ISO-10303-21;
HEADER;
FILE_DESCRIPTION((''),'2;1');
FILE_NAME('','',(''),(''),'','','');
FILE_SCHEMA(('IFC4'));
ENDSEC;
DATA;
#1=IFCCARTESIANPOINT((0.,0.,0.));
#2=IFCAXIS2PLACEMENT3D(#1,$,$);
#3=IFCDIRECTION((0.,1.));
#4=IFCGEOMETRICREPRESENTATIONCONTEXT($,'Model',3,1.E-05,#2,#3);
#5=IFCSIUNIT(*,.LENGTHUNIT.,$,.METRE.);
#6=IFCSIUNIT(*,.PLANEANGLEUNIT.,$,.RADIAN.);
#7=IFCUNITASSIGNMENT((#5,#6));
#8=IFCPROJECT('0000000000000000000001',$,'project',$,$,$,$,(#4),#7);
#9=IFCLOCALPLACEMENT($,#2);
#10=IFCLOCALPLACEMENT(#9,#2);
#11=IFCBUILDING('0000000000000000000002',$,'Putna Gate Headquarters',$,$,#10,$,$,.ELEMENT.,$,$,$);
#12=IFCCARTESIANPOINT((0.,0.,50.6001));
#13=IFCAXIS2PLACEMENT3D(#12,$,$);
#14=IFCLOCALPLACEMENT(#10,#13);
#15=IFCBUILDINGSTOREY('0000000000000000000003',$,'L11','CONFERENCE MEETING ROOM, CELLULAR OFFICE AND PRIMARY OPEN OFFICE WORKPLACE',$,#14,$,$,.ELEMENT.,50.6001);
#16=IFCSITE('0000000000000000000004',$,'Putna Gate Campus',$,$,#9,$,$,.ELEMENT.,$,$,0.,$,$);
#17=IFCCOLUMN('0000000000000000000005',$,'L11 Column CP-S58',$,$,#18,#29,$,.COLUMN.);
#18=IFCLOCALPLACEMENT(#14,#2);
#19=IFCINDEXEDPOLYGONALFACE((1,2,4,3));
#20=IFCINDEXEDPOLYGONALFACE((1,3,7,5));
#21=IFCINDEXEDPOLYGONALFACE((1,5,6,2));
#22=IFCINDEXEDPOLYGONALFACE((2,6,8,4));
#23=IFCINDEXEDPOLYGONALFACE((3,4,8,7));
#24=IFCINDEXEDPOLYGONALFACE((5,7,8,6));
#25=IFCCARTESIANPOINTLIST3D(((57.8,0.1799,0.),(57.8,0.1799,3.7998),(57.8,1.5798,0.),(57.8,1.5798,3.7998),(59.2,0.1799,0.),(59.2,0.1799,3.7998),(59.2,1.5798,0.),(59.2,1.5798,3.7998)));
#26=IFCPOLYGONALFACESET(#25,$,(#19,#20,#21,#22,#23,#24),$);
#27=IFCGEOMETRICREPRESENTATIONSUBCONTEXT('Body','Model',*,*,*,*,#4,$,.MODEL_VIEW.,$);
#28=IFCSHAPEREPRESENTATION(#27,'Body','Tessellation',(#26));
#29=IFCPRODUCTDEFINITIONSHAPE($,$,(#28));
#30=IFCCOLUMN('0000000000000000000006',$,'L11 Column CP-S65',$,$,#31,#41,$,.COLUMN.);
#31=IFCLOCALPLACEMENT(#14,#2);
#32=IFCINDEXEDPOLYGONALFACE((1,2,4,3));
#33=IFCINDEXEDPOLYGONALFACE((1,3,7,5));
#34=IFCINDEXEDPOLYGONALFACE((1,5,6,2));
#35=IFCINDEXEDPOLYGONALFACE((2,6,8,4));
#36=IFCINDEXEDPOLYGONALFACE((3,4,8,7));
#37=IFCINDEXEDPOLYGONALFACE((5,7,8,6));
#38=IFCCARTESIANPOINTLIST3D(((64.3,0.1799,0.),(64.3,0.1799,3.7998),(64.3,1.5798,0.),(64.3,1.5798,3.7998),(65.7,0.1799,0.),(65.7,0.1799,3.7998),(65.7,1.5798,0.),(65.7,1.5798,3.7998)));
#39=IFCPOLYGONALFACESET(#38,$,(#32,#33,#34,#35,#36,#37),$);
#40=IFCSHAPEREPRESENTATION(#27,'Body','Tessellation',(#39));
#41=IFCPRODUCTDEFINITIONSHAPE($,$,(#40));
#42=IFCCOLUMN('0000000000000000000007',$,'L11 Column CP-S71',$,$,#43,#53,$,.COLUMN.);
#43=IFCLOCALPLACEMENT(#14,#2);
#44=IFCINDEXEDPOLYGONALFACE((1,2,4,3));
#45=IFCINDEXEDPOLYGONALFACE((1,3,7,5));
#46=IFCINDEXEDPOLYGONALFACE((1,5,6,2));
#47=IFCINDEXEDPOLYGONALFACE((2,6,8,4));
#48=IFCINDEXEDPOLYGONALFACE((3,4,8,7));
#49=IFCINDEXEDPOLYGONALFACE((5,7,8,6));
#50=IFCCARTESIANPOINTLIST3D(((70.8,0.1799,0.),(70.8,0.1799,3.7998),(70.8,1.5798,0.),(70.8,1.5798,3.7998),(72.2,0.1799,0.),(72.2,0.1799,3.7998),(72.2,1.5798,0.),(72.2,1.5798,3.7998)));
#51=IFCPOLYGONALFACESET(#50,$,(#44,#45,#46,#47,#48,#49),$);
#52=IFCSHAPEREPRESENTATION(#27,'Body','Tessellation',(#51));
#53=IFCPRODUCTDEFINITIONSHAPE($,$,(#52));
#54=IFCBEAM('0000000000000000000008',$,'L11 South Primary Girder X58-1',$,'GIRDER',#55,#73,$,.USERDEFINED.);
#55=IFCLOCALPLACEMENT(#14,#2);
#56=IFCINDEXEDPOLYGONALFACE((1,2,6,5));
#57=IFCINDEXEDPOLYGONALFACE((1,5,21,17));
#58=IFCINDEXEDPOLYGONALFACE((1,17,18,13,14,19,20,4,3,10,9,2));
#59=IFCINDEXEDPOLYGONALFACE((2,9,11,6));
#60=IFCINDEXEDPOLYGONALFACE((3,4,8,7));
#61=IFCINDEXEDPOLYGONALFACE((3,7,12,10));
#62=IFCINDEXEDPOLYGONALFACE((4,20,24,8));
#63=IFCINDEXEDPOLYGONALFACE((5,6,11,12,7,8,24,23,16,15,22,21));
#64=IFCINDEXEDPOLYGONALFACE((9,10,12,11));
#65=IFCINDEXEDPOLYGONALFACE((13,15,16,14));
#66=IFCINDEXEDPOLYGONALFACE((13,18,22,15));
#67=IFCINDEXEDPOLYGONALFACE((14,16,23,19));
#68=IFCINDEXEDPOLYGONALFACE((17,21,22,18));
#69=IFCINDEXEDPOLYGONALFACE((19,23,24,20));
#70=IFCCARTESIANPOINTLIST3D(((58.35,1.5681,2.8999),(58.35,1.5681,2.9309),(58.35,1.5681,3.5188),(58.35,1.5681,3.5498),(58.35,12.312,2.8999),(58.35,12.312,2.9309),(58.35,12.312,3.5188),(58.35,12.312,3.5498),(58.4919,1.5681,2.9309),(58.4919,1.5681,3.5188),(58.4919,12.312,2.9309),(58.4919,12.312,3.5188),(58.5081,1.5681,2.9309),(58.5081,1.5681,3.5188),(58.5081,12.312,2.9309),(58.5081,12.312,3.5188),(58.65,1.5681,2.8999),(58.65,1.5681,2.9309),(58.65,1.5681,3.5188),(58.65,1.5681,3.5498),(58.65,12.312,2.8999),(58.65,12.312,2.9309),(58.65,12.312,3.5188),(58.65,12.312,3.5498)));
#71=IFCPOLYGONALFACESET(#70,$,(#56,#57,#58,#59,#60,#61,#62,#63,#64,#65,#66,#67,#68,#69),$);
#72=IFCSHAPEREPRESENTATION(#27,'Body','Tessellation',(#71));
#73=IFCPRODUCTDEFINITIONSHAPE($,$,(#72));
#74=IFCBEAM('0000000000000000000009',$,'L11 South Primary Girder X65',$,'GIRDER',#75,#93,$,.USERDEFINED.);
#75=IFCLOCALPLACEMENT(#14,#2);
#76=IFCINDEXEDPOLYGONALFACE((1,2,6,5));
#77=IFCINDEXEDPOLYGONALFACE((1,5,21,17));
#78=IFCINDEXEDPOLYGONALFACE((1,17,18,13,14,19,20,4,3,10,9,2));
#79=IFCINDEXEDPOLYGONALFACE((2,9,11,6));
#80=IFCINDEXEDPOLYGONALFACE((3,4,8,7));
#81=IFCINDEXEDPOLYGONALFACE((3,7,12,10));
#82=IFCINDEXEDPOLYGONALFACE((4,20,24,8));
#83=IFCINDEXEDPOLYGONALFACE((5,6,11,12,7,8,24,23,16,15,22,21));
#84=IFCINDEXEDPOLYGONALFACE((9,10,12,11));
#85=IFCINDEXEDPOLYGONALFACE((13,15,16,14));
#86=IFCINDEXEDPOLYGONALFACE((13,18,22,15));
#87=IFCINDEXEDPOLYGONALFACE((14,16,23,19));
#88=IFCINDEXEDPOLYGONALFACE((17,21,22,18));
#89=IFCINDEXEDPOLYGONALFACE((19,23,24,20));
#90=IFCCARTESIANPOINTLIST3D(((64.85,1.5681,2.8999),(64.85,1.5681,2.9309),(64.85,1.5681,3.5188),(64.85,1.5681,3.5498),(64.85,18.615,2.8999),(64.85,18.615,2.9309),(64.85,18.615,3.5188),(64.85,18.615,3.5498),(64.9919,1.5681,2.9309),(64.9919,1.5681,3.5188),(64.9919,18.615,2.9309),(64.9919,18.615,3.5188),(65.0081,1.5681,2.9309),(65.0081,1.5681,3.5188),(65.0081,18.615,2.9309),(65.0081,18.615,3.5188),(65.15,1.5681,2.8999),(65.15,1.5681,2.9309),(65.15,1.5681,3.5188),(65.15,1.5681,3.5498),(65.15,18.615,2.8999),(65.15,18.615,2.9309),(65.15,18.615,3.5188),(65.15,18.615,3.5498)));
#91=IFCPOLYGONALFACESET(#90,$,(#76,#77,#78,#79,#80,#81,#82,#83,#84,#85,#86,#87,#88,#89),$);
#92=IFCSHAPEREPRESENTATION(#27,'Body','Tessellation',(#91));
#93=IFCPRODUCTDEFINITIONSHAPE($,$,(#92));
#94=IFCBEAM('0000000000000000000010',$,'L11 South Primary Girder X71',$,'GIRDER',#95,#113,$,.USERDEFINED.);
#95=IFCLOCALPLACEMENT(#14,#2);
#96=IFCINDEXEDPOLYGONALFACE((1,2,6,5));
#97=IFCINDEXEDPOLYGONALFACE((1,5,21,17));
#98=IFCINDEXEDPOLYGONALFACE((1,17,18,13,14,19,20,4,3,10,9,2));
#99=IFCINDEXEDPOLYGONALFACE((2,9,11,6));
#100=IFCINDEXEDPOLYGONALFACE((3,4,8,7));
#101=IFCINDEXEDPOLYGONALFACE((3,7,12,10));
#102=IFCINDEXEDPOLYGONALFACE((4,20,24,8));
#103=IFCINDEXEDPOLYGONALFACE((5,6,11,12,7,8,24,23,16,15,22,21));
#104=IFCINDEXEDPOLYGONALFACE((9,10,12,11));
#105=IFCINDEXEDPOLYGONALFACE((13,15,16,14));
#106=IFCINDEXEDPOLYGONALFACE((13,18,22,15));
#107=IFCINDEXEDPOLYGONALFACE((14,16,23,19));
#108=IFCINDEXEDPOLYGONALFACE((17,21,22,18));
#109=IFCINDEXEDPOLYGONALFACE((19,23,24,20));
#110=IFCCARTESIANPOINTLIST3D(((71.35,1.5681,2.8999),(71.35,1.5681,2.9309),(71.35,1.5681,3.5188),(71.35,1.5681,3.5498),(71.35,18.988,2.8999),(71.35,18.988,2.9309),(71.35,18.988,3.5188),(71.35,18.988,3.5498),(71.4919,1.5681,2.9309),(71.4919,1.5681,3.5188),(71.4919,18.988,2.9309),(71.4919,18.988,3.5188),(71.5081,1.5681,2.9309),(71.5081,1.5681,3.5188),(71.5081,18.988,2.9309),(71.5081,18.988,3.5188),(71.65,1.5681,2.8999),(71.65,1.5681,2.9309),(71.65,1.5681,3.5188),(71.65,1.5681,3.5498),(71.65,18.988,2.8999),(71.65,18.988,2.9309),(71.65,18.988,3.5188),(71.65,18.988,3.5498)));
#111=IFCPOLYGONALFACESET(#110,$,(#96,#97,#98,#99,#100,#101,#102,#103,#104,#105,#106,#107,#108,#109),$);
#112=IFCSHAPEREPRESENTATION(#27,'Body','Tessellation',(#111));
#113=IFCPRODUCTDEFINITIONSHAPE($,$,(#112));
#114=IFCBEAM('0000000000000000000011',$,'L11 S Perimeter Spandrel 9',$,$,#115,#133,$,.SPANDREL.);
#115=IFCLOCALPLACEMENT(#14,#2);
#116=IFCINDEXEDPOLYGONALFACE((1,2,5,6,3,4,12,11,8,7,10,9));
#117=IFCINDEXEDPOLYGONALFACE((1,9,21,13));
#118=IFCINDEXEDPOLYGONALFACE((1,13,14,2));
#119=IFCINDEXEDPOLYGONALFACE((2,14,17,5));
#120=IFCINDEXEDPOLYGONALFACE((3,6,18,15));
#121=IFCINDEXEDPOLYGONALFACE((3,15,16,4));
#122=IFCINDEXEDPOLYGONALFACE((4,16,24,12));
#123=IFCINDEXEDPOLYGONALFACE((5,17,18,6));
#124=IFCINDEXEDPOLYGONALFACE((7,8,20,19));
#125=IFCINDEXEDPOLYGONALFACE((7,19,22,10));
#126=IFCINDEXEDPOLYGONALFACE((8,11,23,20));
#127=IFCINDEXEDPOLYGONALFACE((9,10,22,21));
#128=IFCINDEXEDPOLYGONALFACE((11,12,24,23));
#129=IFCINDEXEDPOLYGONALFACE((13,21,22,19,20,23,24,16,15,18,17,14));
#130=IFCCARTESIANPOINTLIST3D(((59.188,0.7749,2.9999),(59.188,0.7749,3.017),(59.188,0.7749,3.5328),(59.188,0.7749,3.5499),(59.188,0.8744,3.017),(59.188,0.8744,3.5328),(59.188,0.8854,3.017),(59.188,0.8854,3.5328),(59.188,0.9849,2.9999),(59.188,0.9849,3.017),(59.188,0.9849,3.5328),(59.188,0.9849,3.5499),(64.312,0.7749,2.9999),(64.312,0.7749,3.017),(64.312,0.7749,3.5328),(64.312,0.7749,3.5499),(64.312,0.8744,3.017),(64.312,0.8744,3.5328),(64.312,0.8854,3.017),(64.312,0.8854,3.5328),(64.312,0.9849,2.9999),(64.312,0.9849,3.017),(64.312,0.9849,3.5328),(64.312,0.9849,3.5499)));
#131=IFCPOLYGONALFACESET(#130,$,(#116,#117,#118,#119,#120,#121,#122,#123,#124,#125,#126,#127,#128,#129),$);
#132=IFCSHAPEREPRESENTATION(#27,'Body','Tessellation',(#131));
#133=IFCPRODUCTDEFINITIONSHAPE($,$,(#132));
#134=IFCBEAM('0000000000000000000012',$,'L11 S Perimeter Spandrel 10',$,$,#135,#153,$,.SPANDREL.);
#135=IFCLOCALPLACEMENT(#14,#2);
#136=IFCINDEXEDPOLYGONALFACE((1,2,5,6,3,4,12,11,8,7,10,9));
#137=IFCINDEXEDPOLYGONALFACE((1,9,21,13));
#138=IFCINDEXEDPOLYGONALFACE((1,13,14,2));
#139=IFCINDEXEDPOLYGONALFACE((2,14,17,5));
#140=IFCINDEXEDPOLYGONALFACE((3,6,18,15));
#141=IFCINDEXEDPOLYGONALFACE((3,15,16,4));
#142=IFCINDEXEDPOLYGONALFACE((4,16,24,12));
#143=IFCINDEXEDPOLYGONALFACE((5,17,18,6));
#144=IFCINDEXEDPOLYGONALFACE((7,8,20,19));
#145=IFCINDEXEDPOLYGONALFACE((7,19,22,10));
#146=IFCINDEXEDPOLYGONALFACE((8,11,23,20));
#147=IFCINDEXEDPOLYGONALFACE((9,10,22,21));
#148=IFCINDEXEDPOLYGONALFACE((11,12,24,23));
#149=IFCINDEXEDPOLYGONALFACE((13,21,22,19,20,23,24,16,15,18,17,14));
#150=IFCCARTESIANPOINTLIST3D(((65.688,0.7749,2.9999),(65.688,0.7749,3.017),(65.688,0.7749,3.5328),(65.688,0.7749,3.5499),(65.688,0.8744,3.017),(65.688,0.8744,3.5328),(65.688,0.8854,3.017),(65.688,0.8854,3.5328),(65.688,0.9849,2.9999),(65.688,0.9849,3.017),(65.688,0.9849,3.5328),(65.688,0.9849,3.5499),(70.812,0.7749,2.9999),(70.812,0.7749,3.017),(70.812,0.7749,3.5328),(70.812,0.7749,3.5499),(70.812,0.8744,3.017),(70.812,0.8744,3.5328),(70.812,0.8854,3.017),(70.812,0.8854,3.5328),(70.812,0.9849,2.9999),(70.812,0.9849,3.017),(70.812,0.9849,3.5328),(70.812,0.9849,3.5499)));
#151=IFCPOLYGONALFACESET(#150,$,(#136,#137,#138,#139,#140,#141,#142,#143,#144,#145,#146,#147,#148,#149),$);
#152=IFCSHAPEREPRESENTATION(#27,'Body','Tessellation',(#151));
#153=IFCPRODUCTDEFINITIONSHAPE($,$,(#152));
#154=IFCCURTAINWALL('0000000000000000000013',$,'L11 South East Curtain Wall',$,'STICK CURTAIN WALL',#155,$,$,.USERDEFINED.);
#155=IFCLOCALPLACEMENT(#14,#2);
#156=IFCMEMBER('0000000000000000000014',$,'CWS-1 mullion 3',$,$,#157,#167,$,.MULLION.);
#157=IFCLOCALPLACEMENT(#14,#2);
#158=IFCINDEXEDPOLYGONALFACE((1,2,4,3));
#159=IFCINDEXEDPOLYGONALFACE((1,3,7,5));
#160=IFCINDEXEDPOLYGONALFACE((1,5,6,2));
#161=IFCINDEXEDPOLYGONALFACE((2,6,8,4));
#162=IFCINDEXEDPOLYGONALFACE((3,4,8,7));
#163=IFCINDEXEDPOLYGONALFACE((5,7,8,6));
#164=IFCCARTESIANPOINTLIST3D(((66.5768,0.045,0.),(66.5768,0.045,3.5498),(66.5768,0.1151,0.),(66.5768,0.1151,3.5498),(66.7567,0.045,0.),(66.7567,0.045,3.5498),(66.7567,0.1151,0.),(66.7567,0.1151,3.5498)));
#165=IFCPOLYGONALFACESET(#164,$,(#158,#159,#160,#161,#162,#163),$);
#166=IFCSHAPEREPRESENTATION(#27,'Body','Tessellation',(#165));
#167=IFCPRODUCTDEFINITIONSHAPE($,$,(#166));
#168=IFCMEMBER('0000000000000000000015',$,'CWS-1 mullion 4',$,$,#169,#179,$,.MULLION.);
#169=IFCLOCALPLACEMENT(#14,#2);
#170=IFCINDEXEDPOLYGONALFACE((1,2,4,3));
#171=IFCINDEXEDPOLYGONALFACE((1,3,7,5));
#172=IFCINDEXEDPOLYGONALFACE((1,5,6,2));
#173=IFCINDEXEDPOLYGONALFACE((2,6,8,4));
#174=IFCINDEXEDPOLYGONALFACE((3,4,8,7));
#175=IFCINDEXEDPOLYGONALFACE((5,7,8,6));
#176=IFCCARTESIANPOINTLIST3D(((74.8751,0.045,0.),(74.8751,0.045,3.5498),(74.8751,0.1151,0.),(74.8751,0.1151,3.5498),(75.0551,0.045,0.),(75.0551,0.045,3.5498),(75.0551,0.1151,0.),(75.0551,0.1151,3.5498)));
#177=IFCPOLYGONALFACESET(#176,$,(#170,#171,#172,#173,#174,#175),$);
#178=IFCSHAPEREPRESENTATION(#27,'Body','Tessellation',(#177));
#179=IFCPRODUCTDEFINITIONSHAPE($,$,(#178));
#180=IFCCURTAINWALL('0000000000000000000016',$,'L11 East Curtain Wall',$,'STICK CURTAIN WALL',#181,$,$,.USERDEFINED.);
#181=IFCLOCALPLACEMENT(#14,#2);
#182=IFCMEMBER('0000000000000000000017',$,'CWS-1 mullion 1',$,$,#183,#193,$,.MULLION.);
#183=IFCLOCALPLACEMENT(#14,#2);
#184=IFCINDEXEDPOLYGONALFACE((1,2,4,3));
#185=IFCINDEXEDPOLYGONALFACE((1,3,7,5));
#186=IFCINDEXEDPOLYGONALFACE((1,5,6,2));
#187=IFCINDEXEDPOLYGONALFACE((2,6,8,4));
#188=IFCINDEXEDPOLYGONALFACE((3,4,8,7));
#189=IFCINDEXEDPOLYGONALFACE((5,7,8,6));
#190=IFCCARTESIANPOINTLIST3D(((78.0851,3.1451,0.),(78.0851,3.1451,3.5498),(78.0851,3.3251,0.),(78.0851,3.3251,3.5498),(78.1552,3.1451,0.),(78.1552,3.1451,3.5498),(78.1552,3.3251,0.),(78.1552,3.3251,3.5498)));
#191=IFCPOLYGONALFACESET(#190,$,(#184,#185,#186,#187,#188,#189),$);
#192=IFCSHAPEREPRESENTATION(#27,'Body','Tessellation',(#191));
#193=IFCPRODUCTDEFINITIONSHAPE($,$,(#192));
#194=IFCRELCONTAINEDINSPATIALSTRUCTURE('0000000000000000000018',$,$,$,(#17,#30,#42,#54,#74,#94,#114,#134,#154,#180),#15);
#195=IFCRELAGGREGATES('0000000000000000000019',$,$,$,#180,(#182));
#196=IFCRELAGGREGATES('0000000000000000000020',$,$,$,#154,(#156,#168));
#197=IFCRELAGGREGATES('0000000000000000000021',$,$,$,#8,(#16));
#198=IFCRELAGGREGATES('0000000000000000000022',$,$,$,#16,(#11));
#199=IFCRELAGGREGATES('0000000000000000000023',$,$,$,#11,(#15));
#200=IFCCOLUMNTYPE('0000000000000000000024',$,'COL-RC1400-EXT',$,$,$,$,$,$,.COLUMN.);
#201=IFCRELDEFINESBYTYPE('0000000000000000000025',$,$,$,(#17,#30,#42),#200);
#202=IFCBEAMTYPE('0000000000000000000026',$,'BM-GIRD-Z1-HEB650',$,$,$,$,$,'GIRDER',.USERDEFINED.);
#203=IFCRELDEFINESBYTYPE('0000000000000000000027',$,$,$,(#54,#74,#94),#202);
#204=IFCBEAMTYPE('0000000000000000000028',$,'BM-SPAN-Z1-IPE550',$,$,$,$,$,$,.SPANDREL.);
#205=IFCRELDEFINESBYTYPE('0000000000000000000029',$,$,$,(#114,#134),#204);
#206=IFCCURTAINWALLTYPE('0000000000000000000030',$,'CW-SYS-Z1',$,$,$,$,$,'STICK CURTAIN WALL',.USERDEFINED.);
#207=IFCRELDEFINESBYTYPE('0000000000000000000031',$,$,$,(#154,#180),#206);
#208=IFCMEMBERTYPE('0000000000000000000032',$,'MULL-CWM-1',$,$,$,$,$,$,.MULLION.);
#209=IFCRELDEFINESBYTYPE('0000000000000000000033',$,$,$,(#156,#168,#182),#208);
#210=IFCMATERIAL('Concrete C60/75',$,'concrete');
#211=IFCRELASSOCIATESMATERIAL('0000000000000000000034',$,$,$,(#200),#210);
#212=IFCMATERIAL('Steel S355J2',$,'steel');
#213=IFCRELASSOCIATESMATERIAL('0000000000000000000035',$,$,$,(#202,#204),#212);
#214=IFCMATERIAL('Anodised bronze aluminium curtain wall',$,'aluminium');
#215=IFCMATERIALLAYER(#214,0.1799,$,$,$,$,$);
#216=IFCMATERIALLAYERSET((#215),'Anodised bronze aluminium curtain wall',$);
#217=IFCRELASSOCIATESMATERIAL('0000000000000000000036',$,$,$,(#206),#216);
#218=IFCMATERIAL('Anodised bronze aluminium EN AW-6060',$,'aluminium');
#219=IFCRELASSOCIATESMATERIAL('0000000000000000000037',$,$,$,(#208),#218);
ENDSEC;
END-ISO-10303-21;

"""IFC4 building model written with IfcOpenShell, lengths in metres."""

from ifc_helpers import new_model, si_unit, direction, frame, origin, origin_2d, place, context, subcontext, project, spatial, rectangle, i_section, extrude, material, layer, layer_set, material_profile, profile_set, type_object, element, aggregate, save


model = new_model("IFC4")

# Units and contexts
model_context = context("Model", 3, precision=1e-05, world=origin(), true_north=direction((0.0, 1.0)))
body_context = subcontext(model_context, "Body", "Model", "MODEL_VIEW")
ifc_project = project(units=[si_unit("LENGTHUNIT", "METRE"), si_unit("PLANEANGLEUNIT", "RADIAN")], contexts=[model_context])

# Site, building, storey
site_placement = place(None, origin())
site = spatial("IfcSite", under=ifc_project, at=site_placement, Name="Putna Gate Campus", CompositionType="ELEMENT", RefElevation=0.0)
building_placement = place(site_placement, origin())
building = spatial("IfcBuilding", under=site, at=building_placement, Name="Putna Gate Headquarters", CompositionType="ELEMENT")
storey_placement = place(building_placement, frame((0.0, 0.0, 50.6001)))
storey = spatial("IfcBuildingStorey", under=building, at=storey_placement, Name="L11", Description="CONFERENCE MEETING ROOM, CELLULAR OFFICE AND PRIMARY OPEN OFFICE WORKPLACE", CompositionType="ELEMENT", Elevation=50.6001)

# Columns
ifc_material_1 = material(Name="Concrete C60/75", Category="concrete")
ifc_material_profile_1 = material_profile(ifc_material_1, rectangle(XDim=1.3999, YDim=1.3999, at=origin_2d()), Name="Concrete C60/75")
ifc_profile_set_1 = profile_set([ifc_material_profile_1], Name="Concrete C60/75")
column_type = type_object("IfcColumnType", Name="COL-RC1400-EXT", PredefinedType="COLUMN", material=ifc_profile_set_1)
for number, where, z_axis, x_axis, name in (
    (1, (58.5, 0.8799, 0.0), (0.0, 0.0, 1.0), (1.0, 0.0, 0.0), "L11 Column CP-S58"),
    (2, (65.0, 0.8799, 0.0), (0.0, 0.0, 1.0), (1.0, 0.0, 0.0), "L11 Column CP-S65"),
    (3, (71.5, 0.8799, 0.0), (0.0, 0.0, 1.0), (1.0, 0.0, 0.0), "L11 Column CP-S71"),
):
    element("IfcColumn", number, at=place(storey_placement, frame(where, z_axis=z_axis, x_axis=x_axis)), inside=storey, type_object=column_type, Name=name, PredefinedType="COLUMN", context=body_context, shape_type="SweptSolid", body=[
        extrude(rectangle(XDim=1.3999, YDim=1.3999, at=origin_2d()), origin(), (0.0, 0.0, 1.0), 3.7998),
    ])

# Beams
ifc_material_2 = material(Name="Steel S355J2", Category="steel")
ifc_material_profile_2 = material_profile(ifc_material_2, i_section(OverallWidth=0.3, OverallDepth=0.6499, WebThickness=0.0161, FlangeThickness=0.031, at=origin_2d()), Name="Steel S355J2")
ifc_profile_set_2 = profile_set([ifc_material_profile_2], Name="Steel S355J2")
beam_type_1 = type_object("IfcBeamType", Name="BM-GIRD-Z1-HEB650", ElementType="GIRDER", PredefinedType="USERDEFINED", material=ifc_profile_set_2)
beam_1_placement = place(storey_placement, frame((58.5, 1.5681, 3.2249), z_axis=(0.0, 1.0, 0.0), x_axis=(-1.0, 0.0, 0.0)))
element("IfcBeam", 4, at=beam_1_placement, inside=storey, type_object=beam_type_1, Name="L11 South Primary Girder X58-1", ObjectType="GIRDER", PredefinedType="USERDEFINED", context=body_context, shape_type="SweptSolid", body=[
    extrude(i_section(OverallWidth=0.3, OverallDepth=0.6499, WebThickness=0.0161, FlangeThickness=0.031, at=origin_2d()), origin(), (0.0, 0.0, 1.0), 10.7439),
])
beam_2_placement = place(storey_placement, frame((65.0, 1.5681, 3.2249), z_axis=(0.0, 1.0, 0.0), x_axis=(-1.0, 0.0, 0.0)))
element("IfcBeam", 5, at=beam_2_placement, inside=storey, type_object=beam_type_1, Name="L11 South Primary Girder X65", ObjectType="GIRDER", PredefinedType="USERDEFINED", context=body_context, shape_type="SweptSolid", body=[
    extrude(i_section(OverallWidth=0.3, OverallDepth=0.6499, WebThickness=0.0161, FlangeThickness=0.031, at=origin_2d()), origin(), (0.0, 0.0, 1.0), 17.0469),
])
beam_3_placement = place(storey_placement, frame((71.5, 1.5681, 3.2249), z_axis=(0.0, 1.0, 0.0), x_axis=(-1.0, 0.0, 0.0)))
element("IfcBeam", 6, at=beam_3_placement, inside=storey, type_object=beam_type_1, Name="L11 South Primary Girder X71", ObjectType="GIRDER", PredefinedType="USERDEFINED", context=body_context, shape_type="SweptSolid", body=[
    extrude(i_section(OverallWidth=0.3, OverallDepth=0.6499, WebThickness=0.0161, FlangeThickness=0.031, at=origin_2d()), origin(), (0.0, 0.0, 1.0), 17.4199),
])
ifc_material_profile_3 = material_profile(ifc_material_2, i_section(OverallWidth=0.21, OverallDepth=0.55, WebThickness=0.011, FlangeThickness=0.0171, at=origin_2d()), Name="Steel S355J2")
ifc_profile_set_3 = profile_set([ifc_material_profile_3], Name="Steel S355J2")
beam_type_2 = type_object("IfcBeamType", Name="BM-SPAN-Z1-IPE550", PredefinedType="SPANDREL", material=ifc_profile_set_3)
for number, where, z_axis, x_axis, name in (
    (7, (59.188, 0.8799, 3.2749), (1.0, 0.0, 0.0), (0.0, 1.0, 0.0), "L11 S Perimeter Spandrel 9"),
    (8, (65.688, 0.8799, 3.2749), (1.0, 0.0, 0.0), (0.0, 1.0, 0.0), "L11 S Perimeter Spandrel 10"),
):
    element("IfcBeam", number, at=place(storey_placement, frame(where, z_axis=z_axis, x_axis=x_axis)), inside=storey, type_object=beam_type_2, Name=name, PredefinedType="SPANDREL", context=body_context, shape_type="SweptSolid", body=[
        extrude(i_section(OverallWidth=0.21, OverallDepth=0.55, WebThickness=0.011, FlangeThickness=0.0171, at=origin_2d()), origin(), (0.0, 0.0, 1.0), 5.124),
    ])

# Curtain wall, members
ifc_material_3 = material(Name="Anodised bronze aluminium curtain wall", Category="aluminium")
ifc_layer_1 = layer(ifc_material_3, 0.1799)
ifc_layer_set_1 = layer_set([ifc_layer_1], Name="Anodised bronze aluminium curtain wall")
curtain_wall_type = type_object("IfcCurtainWallType", Name="CW-SYS-Z1", ElementType="STICK CURTAIN WALL", PredefinedType="USERDEFINED", material=ifc_layer_set_1)
curtain_wall_1_placement = place(storey_placement, origin())
curtain_wall_1 = element("IfcCurtainWall", 9, at=curtain_wall_1_placement, inside=storey, type_object=curtain_wall_type, Name="L11 South East Curtain Wall", ObjectType="STICK CURTAIN WALL", PredefinedType="USERDEFINED")
ifc_material_4 = material(Name="Anodised bronze aluminium EN AW-6060", Category="aluminium")
ifc_material_profile_4 = material_profile(ifc_material_4, rectangle(XDim=0.0701, YDim=0.1799, at=origin_2d()), Name="Anodised bronze aluminium EN AW-6060")
ifc_profile_set_4 = profile_set([ifc_material_profile_4], Name="Anodised bronze aluminium EN AW-6060")
member_type_1 = type_object("IfcMemberType", Name="MULL-CWM-1", PredefinedType="MULLION", material=ifc_profile_set_4)
member_1_placement = place(storey_placement, frame((66.6667, 0.0801, 0.0), z_axis=(0.0, 0.0, 1.0), x_axis=(0.0, 1.0, 0.0)))
member_1 = element("IfcMember", 10, at=member_1_placement, type_object=member_type_1, Name="CWS-1 mullion 3", PredefinedType="MULLION", context=body_context, shape_type="SweptSolid", body=[
    extrude(rectangle(XDim=0.0701, YDim=0.1799, at=origin_2d()), origin(), (0.0, 0.0, 1.0), 3.5498),
])
member_2_placement = place(storey_placement, frame((74.9651, 0.0801, 0.0), z_axis=(0.0, 0.0, 1.0), x_axis=(0.0, 1.0, 0.0)))
member_2 = element("IfcMember", 11, at=member_2_placement, type_object=member_type_1, Name="CWS-1 mullion 4", PredefinedType="MULLION", context=body_context, shape_type="SweptSolid", body=[
    extrude(rectangle(XDim=0.0701, YDim=0.1799, at=origin_2d()), origin(), (0.0, 0.0, 1.0), 3.5498),
])

# Curtain wall, member
curtain_wall_2_placement = place(storey_placement, origin())
curtain_wall_2 = element("IfcCurtainWall", 12, at=curtain_wall_2_placement, inside=storey, type_object=curtain_wall_type, Name="L11 East Curtain Wall", ObjectType="STICK CURTAIN WALL", PredefinedType="USERDEFINED")
member_3_placement = place(storey_placement, frame((78.1201, 3.2351, 0.0), z_axis=(0.0, 0.0, 1.0), x_axis=(-1.0, 0.0, 0.0)))
member_3 = element("IfcMember", 13, at=member_3_placement, type_object=member_type_1, Name="CWS-1 mullion 1", PredefinedType="MULLION", context=body_context, shape_type="SweptSolid", body=[
    extrude(rectangle(XDim=0.0701, YDim=0.1799, at=origin_2d()), origin(), (0.0, 0.0, 1.0), 3.5498),
])

aggregate(curtain_wall_2, [member_3])

aggregate(curtain_wall_1, [member_1, member_2])

save(model, "model.ifc")
